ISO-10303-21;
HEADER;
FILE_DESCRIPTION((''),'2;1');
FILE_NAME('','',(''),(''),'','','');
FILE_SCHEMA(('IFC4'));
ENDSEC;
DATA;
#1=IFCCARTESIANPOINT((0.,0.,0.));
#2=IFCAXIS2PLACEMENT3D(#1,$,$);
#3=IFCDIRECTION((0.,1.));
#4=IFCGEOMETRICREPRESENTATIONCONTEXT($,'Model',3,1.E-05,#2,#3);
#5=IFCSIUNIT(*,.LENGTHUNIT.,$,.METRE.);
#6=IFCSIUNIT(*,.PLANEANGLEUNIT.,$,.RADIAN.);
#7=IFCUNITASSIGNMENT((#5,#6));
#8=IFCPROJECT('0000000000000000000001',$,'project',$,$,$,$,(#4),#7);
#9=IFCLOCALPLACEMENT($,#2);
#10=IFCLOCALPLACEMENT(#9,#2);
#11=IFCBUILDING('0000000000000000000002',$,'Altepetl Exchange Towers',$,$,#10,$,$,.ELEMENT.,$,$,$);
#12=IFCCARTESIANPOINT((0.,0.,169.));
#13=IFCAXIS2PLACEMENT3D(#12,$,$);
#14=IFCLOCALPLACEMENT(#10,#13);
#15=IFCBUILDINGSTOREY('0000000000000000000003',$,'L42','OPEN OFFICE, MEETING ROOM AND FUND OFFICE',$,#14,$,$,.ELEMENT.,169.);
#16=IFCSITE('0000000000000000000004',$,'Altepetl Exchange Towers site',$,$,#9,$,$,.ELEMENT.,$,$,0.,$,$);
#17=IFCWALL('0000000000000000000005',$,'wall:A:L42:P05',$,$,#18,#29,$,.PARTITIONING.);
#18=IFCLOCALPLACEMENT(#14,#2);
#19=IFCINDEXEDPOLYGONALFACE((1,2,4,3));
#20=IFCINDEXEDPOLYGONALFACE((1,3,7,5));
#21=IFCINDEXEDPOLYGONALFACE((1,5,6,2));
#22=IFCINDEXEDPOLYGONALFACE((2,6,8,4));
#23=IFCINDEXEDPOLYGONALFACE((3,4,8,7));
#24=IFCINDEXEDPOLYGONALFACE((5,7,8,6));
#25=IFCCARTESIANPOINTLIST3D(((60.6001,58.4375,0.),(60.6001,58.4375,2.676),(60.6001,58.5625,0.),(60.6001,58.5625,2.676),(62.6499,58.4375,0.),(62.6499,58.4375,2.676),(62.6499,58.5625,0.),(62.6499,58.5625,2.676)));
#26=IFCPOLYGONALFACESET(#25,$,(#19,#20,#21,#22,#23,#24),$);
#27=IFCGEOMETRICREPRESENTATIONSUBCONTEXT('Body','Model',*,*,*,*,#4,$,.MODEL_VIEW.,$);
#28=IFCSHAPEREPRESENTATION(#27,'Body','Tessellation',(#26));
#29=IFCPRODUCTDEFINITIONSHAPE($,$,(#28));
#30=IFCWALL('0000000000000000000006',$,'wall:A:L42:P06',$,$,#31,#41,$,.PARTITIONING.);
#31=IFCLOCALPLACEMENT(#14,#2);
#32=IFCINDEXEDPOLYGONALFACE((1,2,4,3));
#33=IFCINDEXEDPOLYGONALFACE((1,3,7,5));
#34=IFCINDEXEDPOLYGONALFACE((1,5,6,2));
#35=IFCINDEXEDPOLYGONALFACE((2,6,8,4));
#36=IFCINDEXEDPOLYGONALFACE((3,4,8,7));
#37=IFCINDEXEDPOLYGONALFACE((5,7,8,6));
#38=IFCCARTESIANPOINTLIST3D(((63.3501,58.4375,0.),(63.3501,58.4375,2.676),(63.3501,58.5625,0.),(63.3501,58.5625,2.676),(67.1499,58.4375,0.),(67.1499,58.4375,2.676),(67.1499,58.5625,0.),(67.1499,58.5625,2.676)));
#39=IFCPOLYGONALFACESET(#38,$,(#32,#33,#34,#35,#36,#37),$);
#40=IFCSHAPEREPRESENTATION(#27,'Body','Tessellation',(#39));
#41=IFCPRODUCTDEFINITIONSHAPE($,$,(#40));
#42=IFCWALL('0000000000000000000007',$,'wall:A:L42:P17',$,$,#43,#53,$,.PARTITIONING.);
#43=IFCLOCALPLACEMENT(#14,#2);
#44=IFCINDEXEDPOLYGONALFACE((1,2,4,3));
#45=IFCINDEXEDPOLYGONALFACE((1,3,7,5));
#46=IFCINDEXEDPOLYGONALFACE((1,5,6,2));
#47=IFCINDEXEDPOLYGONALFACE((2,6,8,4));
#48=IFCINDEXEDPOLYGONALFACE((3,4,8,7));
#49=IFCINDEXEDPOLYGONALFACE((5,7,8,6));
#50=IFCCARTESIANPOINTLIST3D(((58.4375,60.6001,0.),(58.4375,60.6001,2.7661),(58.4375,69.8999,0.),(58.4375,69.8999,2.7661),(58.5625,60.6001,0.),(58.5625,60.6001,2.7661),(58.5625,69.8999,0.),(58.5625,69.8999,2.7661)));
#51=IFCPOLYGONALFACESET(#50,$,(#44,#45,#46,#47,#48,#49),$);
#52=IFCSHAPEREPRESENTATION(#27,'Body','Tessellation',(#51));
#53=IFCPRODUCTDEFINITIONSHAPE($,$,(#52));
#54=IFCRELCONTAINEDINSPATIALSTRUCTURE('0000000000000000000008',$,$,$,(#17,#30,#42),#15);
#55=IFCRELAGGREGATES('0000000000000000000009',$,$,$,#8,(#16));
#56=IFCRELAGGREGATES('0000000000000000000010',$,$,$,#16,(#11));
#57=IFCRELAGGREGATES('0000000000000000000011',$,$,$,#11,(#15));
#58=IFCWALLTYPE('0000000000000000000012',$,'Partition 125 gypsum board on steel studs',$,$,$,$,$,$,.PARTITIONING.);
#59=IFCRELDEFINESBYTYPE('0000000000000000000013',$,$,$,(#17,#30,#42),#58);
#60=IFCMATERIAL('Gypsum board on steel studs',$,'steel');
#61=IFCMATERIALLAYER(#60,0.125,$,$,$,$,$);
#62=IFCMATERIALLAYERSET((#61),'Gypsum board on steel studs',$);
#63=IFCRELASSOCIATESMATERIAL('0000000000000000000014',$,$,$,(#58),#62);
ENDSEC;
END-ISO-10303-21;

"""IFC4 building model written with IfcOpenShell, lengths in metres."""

from ifc_helpers import new_model, si_unit, direction, frame, frame_2d, origin, place, context, subcontext, project, spatial, rectangle, extrude, material, layer, layer_set, type_object, element, save


model = new_model("IFC4")

# Units and contexts
model_context = context("Model", 3, precision=1e-05, world=origin(), true_north=direction((0.0, 1.0)))
body_context = subcontext(model_context, "Body", "Model", "MODEL_VIEW")
ifc_project = project(units=[si_unit("LENGTHUNIT", "METRE"), si_unit("PLANEANGLEUNIT", "RADIAN")], contexts=[model_context])

# Site, building, storey
site_placement = place(None, origin())
site = spatial("IfcSite", under=ifc_project, at=site_placement, Name="Altepetl Exchange Towers site", CompositionType="ELEMENT", RefElevation=0.0)
building_placement = place(site_placement, origin())
building = spatial("IfcBuilding", under=site, at=building_placement, Name="Altepetl Exchange Towers", CompositionType="ELEMENT")
storey_placement = place(building_placement, frame((0.0, 0.0, 169.0)))
storey = spatial("IfcBuildingStorey", under=building, at=storey_placement, Name="L42", Description="OPEN OFFICE, MEETING ROOM AND FUND OFFICE", CompositionType="ELEMENT", Elevation=169.0)

# Walls
ifc_material_1 = material(Name="Gypsum board on steel studs", Category="steel")
ifc_layer_1 = layer(ifc_material_1, 0.125)
ifc_layer_set_1 = layer_set([ifc_layer_1], Name="Gypsum board on steel studs")
wall_type_1 = type_object("IfcWallType", Name="Partition 125 gypsum board on steel studs", PredefinedType="PARTITIONING", material=ifc_layer_set_1)
wall_1_placement = place(storey_placement, frame((60.6001, 58.5, 0.0)))
element("IfcWall", 1, at=wall_1_placement, inside=storey, type_object=wall_type_1, Name="wall:A:L42:P05", PredefinedType="PARTITIONING", context=body_context, shape_type="SweptSolid", body=[
    extrude(rectangle(XDim=2.0498, YDim=0.125, at=frame_2d((1.0249, 0.0))), origin(), (0.0, 0.0, 1.0), 2.676),
])
wall_2_placement = place(storey_placement, frame((63.3501, 58.5, 0.0)))
element("IfcWall", 2, at=wall_2_placement, inside=storey, type_object=wall_type_1, Name="wall:A:L42:P06", PredefinedType="PARTITIONING", context=body_context, shape_type="SweptSolid", body=[
    extrude(rectangle(XDim=3.7998, YDim=0.125, at=frame_2d((1.8999, 0.0))), origin(), (0.0, 0.0, 1.0), 2.676),
])
wall_3_placement = place(storey_placement, frame((58.5, 60.6001, 0.0), z_axis=(0.0, 0.0, 1.0), x_axis=(0.0, 1.0, 0.0)))
element("IfcWall", 3, at=wall_3_placement, inside=storey, type_object=wall_type_1, Name="wall:A:L42:P17", PredefinedType="PARTITIONING", context=body_context, shape_type="SweptSolid", body=[
    extrude(rectangle(XDim=9.2998, YDim=0.125, at=frame_2d((4.6499, 0.0))), origin(), (0.0, 0.0, 1.0), 2.7661),
])

save(model, "model.ifc")
